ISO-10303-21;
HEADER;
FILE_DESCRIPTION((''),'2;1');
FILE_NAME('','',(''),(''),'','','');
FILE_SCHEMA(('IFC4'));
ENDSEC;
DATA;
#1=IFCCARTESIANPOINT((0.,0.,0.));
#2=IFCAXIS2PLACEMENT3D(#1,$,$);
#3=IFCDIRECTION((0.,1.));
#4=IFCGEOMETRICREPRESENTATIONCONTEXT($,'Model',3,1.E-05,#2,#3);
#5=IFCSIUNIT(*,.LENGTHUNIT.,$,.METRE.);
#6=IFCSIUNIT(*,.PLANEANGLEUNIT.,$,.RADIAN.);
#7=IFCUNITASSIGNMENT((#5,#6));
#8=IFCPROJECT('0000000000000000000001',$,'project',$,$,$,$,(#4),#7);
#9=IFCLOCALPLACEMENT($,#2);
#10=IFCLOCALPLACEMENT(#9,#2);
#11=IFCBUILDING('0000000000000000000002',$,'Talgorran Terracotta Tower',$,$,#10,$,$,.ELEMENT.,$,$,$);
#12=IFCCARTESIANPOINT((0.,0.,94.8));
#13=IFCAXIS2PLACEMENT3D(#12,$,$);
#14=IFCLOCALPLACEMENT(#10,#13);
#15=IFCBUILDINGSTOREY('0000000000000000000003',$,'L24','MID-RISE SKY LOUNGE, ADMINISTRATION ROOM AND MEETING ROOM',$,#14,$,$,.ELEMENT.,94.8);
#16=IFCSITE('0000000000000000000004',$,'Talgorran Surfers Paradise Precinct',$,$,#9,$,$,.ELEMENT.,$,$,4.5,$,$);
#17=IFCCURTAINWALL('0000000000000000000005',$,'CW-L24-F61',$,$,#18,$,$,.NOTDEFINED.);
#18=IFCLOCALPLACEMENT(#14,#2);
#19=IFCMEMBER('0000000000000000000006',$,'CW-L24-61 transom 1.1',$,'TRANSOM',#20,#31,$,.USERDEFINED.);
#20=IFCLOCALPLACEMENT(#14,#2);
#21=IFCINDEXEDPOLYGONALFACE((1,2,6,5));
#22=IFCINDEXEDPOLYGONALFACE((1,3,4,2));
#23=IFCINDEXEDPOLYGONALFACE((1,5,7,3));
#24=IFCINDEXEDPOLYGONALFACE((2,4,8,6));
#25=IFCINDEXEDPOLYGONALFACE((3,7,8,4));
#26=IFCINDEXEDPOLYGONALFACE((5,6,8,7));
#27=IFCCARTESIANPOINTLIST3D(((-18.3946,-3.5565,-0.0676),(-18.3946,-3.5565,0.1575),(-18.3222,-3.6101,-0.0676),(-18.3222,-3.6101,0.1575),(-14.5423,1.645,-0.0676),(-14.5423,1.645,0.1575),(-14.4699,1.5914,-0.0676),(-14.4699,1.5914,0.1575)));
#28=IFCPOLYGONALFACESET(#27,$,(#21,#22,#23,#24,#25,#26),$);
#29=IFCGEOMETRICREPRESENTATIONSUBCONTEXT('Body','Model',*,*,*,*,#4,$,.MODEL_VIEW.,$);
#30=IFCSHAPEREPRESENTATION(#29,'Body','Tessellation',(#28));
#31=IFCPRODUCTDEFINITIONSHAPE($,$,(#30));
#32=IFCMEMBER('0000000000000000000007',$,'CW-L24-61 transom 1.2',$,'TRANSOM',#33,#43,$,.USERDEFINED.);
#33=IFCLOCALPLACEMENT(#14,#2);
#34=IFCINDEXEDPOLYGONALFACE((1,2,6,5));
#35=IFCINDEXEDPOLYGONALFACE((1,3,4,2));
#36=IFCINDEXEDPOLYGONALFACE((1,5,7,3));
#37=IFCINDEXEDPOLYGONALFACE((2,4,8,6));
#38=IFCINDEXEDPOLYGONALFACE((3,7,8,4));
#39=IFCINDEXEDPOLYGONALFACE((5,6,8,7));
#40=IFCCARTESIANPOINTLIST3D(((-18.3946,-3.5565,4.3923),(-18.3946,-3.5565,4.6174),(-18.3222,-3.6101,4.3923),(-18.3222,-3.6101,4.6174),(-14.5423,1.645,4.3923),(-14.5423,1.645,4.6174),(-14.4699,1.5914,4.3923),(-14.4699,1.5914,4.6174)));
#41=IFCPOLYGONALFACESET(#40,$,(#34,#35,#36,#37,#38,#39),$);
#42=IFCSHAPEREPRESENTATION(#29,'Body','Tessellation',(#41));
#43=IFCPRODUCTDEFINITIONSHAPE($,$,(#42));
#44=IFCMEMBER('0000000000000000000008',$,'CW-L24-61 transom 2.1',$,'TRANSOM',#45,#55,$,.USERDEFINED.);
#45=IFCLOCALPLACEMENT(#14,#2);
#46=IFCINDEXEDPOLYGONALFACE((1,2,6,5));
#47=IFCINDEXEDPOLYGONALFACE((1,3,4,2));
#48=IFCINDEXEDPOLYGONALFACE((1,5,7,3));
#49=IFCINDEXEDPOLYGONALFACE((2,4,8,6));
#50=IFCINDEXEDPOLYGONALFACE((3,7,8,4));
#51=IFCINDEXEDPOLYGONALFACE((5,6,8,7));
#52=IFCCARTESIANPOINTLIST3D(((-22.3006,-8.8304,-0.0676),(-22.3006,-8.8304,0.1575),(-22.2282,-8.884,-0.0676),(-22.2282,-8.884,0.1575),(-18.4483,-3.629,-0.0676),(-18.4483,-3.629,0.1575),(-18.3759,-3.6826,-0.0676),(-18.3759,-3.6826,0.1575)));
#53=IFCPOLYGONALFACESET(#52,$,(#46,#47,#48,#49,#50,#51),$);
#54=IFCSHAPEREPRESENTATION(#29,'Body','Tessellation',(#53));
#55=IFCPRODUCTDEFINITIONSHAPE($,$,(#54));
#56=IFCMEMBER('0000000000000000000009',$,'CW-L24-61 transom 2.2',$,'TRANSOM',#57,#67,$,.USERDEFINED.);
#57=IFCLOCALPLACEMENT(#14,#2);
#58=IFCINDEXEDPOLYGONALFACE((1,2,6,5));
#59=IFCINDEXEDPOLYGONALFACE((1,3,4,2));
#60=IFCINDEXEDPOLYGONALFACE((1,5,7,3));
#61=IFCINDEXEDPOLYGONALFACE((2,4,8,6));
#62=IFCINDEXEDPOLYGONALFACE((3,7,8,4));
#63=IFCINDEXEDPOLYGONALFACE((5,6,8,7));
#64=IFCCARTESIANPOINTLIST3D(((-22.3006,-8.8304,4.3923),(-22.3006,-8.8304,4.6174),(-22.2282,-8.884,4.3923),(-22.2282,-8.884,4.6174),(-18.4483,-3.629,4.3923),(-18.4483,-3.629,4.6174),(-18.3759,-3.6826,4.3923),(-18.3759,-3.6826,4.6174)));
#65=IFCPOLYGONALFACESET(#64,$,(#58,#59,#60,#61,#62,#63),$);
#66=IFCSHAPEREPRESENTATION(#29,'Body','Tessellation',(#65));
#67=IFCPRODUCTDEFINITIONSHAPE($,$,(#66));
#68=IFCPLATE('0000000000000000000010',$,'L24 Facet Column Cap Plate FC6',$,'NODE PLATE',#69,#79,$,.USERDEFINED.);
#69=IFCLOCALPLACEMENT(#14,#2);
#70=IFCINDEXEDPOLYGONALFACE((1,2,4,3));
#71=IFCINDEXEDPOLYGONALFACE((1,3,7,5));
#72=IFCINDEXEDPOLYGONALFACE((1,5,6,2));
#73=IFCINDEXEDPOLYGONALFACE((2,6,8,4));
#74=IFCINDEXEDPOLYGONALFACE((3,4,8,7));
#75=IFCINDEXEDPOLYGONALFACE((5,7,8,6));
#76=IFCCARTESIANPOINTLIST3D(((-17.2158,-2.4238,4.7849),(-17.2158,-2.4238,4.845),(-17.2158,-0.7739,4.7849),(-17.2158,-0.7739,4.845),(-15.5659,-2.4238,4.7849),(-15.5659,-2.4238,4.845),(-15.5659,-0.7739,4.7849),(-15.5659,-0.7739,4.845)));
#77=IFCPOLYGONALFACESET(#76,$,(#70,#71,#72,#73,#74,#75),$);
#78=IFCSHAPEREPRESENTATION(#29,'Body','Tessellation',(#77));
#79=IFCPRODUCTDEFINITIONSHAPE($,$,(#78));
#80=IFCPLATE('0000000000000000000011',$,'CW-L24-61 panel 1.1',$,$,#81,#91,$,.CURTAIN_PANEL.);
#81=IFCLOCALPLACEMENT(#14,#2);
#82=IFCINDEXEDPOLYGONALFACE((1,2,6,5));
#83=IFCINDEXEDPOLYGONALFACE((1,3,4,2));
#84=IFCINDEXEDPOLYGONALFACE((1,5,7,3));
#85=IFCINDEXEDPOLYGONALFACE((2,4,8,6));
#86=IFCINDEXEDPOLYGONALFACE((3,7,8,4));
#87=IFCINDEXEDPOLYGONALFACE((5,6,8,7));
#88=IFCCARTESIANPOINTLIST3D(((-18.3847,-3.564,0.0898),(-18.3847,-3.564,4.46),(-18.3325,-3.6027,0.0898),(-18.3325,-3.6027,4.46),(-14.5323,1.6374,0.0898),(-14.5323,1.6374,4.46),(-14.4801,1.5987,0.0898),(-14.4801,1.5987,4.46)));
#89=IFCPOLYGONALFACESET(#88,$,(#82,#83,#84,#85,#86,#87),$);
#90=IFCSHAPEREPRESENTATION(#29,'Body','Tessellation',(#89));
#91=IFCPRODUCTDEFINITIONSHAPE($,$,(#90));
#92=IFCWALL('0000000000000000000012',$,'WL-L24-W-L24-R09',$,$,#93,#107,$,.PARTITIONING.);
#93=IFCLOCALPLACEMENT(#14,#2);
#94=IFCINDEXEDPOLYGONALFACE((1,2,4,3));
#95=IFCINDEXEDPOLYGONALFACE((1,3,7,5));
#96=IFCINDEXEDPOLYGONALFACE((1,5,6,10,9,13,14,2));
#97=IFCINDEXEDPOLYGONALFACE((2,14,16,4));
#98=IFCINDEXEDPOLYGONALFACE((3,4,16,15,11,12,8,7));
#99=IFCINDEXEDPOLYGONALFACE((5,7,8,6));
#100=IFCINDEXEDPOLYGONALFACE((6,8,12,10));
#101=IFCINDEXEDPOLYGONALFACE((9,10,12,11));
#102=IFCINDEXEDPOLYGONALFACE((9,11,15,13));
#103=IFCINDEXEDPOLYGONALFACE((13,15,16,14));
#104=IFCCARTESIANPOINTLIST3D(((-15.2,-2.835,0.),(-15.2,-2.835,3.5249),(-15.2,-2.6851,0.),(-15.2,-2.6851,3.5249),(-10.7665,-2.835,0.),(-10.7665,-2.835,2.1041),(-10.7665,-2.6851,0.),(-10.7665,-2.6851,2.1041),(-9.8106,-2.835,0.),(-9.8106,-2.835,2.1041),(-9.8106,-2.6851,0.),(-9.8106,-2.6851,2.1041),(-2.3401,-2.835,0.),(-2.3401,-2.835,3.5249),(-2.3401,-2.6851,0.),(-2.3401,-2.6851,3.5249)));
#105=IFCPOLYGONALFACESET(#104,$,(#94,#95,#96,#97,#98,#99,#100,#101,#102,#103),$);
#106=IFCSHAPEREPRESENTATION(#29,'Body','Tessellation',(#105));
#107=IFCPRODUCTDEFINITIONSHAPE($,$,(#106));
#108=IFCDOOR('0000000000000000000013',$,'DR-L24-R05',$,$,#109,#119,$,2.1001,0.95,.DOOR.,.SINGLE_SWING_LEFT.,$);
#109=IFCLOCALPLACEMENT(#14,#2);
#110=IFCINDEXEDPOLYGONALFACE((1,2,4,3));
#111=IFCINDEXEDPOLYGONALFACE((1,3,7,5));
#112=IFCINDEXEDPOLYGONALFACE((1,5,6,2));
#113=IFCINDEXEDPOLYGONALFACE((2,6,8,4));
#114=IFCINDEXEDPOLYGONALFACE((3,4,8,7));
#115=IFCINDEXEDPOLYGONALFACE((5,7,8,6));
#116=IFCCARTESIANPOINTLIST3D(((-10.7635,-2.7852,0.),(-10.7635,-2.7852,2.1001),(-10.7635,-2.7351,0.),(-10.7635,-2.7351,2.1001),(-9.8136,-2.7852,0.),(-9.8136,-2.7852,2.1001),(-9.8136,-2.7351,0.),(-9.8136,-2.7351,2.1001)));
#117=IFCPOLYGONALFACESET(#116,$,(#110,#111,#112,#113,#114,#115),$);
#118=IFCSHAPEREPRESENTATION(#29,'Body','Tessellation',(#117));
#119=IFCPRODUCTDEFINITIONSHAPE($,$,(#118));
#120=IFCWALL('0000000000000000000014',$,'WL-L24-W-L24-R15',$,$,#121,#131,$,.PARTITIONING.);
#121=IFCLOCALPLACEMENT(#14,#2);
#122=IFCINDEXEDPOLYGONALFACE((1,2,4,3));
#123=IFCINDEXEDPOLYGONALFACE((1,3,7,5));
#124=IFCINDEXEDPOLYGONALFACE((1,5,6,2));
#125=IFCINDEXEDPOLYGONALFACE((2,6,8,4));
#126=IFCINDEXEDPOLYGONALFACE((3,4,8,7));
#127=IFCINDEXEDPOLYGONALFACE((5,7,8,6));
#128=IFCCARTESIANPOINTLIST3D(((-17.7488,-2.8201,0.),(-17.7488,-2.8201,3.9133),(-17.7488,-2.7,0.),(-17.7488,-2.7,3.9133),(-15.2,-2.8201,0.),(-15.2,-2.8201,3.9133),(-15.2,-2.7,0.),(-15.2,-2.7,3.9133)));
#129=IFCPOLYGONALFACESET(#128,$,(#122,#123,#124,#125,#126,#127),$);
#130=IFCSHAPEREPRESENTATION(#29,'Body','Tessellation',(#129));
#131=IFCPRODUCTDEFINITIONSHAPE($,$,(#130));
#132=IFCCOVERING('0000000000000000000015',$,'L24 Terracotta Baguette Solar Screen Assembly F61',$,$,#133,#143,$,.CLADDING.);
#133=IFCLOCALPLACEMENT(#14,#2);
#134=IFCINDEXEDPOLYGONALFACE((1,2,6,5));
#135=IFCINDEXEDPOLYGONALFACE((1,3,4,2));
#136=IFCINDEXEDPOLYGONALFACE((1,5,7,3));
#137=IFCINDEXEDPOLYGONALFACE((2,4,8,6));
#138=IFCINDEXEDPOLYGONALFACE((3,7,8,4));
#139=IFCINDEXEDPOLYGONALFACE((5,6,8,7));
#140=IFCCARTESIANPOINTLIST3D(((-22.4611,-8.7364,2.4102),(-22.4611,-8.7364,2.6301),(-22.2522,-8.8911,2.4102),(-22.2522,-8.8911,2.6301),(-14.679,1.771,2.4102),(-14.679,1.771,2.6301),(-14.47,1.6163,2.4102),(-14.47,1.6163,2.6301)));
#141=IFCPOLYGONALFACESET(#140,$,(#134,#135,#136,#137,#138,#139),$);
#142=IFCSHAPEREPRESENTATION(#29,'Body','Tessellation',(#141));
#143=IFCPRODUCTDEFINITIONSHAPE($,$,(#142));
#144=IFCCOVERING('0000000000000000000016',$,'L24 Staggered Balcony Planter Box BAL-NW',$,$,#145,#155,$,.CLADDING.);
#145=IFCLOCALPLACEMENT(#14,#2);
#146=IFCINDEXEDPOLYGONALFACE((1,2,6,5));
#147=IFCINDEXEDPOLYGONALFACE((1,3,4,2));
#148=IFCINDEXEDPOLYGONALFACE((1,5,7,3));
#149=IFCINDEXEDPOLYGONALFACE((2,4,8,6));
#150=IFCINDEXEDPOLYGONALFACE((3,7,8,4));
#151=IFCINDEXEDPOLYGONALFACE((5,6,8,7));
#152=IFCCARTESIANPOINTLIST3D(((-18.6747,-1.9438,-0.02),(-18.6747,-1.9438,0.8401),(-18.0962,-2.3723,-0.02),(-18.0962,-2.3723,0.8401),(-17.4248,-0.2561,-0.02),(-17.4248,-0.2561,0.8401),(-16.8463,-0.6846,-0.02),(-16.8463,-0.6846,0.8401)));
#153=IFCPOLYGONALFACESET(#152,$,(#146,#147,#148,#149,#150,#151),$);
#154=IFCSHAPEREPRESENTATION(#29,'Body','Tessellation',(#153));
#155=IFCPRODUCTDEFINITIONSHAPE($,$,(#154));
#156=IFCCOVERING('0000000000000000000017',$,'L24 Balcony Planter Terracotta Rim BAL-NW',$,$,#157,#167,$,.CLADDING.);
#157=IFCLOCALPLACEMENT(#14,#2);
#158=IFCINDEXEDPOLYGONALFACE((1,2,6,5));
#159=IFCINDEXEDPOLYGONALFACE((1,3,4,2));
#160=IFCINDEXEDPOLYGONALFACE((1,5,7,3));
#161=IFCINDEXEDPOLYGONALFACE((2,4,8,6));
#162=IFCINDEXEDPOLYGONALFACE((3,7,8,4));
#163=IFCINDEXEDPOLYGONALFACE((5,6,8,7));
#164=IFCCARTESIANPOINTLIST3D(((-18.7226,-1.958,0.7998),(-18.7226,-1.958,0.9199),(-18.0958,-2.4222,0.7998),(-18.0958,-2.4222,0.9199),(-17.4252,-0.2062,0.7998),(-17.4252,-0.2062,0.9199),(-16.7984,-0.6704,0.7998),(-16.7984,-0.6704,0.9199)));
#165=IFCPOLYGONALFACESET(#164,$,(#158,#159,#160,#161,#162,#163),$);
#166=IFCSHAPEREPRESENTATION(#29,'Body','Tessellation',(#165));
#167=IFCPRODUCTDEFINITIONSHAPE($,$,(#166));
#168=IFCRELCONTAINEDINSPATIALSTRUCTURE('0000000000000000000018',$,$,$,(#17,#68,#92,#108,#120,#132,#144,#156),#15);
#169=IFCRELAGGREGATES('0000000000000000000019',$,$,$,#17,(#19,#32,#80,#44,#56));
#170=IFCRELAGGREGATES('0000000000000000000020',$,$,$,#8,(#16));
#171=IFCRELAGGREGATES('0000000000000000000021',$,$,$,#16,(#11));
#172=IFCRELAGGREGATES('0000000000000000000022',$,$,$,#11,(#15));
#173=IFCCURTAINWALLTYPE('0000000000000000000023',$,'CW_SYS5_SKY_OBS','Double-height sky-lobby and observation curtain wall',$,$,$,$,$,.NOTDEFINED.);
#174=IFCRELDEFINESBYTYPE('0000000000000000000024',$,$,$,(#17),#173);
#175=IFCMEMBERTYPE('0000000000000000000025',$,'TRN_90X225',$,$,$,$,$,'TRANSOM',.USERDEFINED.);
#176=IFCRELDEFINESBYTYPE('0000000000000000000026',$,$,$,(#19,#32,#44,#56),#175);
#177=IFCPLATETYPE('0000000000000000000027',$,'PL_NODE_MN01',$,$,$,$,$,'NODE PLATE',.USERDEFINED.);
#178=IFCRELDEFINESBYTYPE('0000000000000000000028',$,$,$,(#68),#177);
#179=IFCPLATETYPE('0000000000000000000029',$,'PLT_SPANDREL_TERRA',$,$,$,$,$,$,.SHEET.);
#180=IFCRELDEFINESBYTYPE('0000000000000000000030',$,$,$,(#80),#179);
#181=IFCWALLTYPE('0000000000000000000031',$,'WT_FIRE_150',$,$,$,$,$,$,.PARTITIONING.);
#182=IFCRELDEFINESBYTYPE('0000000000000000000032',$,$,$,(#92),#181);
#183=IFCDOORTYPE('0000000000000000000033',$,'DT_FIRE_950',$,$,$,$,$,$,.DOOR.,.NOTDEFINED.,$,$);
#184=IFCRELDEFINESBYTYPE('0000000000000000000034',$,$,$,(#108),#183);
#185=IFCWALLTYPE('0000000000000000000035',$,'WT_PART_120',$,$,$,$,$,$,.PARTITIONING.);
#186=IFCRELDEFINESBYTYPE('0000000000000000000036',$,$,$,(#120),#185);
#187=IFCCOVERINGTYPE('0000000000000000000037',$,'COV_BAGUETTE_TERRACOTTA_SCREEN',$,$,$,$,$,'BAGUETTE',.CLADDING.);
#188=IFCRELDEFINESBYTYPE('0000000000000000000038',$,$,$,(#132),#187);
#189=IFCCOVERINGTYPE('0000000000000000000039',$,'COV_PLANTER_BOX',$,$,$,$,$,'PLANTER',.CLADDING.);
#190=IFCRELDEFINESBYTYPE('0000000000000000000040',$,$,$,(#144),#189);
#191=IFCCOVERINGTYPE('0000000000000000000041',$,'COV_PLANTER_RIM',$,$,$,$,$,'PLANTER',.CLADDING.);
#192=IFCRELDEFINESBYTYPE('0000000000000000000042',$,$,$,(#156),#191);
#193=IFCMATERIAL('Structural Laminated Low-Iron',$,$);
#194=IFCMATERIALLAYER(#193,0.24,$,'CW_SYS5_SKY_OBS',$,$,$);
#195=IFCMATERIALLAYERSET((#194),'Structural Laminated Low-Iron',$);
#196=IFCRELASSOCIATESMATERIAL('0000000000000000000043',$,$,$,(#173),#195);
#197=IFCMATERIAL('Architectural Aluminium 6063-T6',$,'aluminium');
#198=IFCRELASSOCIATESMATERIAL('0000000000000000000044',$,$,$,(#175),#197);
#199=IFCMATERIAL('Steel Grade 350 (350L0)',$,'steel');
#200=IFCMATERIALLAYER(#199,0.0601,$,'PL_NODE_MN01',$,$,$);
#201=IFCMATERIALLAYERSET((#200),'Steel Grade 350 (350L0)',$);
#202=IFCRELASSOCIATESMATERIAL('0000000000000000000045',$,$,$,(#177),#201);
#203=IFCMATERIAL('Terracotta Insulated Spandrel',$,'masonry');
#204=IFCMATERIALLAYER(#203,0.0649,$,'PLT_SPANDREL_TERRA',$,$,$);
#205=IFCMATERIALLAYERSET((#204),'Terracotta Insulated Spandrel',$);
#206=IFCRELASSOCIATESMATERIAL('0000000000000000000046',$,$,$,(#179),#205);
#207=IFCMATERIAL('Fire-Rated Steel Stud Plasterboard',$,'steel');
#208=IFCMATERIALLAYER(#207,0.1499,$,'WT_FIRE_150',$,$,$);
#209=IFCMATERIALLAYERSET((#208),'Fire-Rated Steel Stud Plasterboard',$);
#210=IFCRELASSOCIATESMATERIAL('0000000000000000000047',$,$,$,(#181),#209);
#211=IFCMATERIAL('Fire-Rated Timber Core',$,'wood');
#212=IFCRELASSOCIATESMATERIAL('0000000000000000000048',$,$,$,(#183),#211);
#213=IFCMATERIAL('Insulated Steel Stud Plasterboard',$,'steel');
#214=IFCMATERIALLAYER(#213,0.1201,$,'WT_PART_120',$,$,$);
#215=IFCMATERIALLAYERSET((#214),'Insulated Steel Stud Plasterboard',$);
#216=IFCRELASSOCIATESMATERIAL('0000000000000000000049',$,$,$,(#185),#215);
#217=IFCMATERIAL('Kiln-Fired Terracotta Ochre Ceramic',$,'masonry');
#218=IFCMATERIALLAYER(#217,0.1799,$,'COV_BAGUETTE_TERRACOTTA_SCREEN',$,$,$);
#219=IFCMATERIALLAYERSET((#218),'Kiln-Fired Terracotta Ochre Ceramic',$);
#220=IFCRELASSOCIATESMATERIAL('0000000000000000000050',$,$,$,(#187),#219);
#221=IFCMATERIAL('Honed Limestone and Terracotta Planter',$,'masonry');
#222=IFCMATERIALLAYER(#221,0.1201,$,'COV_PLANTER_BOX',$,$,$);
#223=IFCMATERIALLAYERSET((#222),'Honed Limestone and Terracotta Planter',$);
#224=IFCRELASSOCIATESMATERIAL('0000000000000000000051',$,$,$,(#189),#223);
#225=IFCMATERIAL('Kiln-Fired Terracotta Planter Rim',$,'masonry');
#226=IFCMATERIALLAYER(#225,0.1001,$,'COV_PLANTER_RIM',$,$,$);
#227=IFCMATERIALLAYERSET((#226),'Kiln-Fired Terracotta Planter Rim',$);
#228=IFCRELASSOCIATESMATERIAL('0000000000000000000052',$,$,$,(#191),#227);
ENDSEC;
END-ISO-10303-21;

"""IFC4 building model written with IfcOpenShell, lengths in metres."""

from ifc_helpers import new_model, si_unit, direction, frame, frame_2d, origin, origin_2d, place, context, subcontext, project, spatial, rectangle, extrude, source, transform, mapped, material, layer, layer_set, material_profile, profile_set, type_object, type_shapes, element, fill, aggregate, save


model = new_model("IFC4")

# Units and contexts
model_context = context("Model", 3, precision=1e-05, world=origin(), true_north=direction((0.0, 1.0)))
body_context = subcontext(model_context, "Body", "Model", "MODEL_VIEW")
ifc_project = project(units=[si_unit("LENGTHUNIT", "METRE"), si_unit("PLANEANGLEUNIT", "RADIAN")], contexts=[model_context])

# Site, building, storey
site_placement = place(None, origin())
site = spatial("IfcSite", under=ifc_project, at=site_placement, Name="Talgorran Surfers Paradise Precinct", CompositionType="ELEMENT", RefElevation=4.5)
building_placement = place(site_placement, origin())
building = spatial("IfcBuilding", under=site, at=building_placement, Name="Talgorran Terracotta Tower", CompositionType="ELEMENT")
storey_placement = place(building_placement, frame((0.0, 0.0, 94.8)))
storey = spatial("IfcBuildingStorey", under=building, at=storey_placement, Name="L24", Description="MID-RISE SKY LOUNGE, ADMINISTRATION ROOM AND MEETING ROOM", CompositionType="ELEMENT", Elevation=94.8)

# Shared definitions
ifc_material_1 = material(Name="Steel Grade 350 (350L0)", Category="steel")

# Curtain wall, members
ifc_material_2 = material(Name="Structural Laminated Low-Iron")
ifc_layer_1 = layer(ifc_material_2, 0.24, Name="CW_SYS5_SKY_OBS")
ifc_layer_set_1 = layer_set([ifc_layer_1], Name="Structural Laminated Low-Iron")
curtain_wall_type = type_object("IfcCurtainWallType", Name="CW_SYS5_SKY_OBS", Description="Double-height sky-lobby and observation curtain wall", PredefinedType="NOTDEFINED", material=ifc_layer_set_1)
curtain_wall_placement = place(storey_placement, origin())
curtain_wall = element("IfcCurtainWall", 1, at=curtain_wall_placement, inside=storey, type_object=curtain_wall_type, Name="CW-L24-F61", PredefinedType="NOTDEFINED")
ifc_material_3 = material(Name="Architectural Aluminium 6063-T6", Category="aluminium")
ifc_material_profile_1 = material_profile(ifc_material_3, rectangle(XDim=0.0901, YDim=0.2251, at=origin_2d()), Name="CWT90X225")
ifc_profile_set_1 = profile_set([ifc_material_profile_1], Name="Architectural Aluminium 6063-T6")
member_type_1 = type_object("IfcMemberType", Name="TRN_90X225", ElementType="TRANSOM", PredefinedType="USERDEFINED", material=ifc_profile_set_1)
member_1_placement = place(storey_placement, frame((-14.5061, 1.6182, 0.0449), z_axis=(-0.595167, -0.803602, 0.0), x_axis=(0.803602, -0.595167, 0.0)))
member_1 = element("IfcMember", 2, at=member_1_placement, type_object=member_type_1, Name="CW-L24-61 transom 1.1", ObjectType="TRANSOM", PredefinedType="USERDEFINED", context=body_context, shape_type="SweptSolid", body=[
    extrude(rectangle(XDim=0.0901, YDim=0.2251, at=origin_2d()), origin(), (0.0, 0.0, 1.0), 6.4727),
])
member_2_placement = place(storey_placement, frame((-14.5061, 1.6182, 4.5049), z_axis=(-0.595167, -0.803602, 0.0), x_axis=(0.803602, -0.595167, 0.0)))
member_2 = element("IfcMember", 3, at=member_2_placement, type_object=member_type_1, Name="CW-L24-61 transom 1.2", ObjectType="TRANSOM", PredefinedType="USERDEFINED", context=body_context, shape_type="SweptSolid", body=[
    extrude(rectangle(XDim=0.0901, YDim=0.2251, at=origin_2d()), origin(), (0.0, 0.0, 1.0), 6.4727),
])
member_3_placement = place(storey_placement, frame((-18.4121, -3.6558, 0.0449), z_axis=(-0.595167, -0.803602, 0.0), x_axis=(0.803602, -0.595167, 0.0)))
member_3 = element("IfcMember", 4, at=member_3_placement, type_object=member_type_1, Name="CW-L24-61 transom 2.1", ObjectType="TRANSOM", PredefinedType="USERDEFINED", context=body_context, shape_type="SweptSolid", body=[
    extrude(rectangle(XDim=0.0901, YDim=0.2251, at=origin_2d()), origin(), (0.0, 0.0, 1.0), 6.4727),
])
member_4_placement = place(storey_placement, frame((-18.4121, -3.6558, 4.5049), z_axis=(-0.595167, -0.803602, 0.0), x_axis=(0.803602, -0.595167, 0.0)))
member_4 = element("IfcMember", 5, at=member_4_placement, type_object=member_type_1, Name="CW-L24-61 transom 2.2", ObjectType="TRANSOM", PredefinedType="USERDEFINED", context=body_context, shape_type="SweptSolid", body=[
    extrude(rectangle(XDim=0.0901, YDim=0.2251, at=origin_2d()), origin(), (0.0, 0.0, 1.0), 6.4727),
])

# Plates
ifc_layer_2 = layer(ifc_material_1, 0.0601, Name="PL_NODE_MN01")
ifc_layer_set_2 = layer_set([ifc_layer_2], Name="Steel Grade 350 (350L0)")
plate_type_1 = type_object("IfcPlateType", Name="PL_NODE_MN01", ElementType="NODE PLATE", PredefinedType="USERDEFINED", material=ifc_layer_set_2)
plate_1_placement = place(storey_placement, frame((-16.3909, -1.5989, 4.7849), z_axis=(0.0, 0.0, 1.0), x_axis=(1.0, 0.0, 0.0)))
element("IfcPlate", 6, at=plate_1_placement, inside=storey, type_object=plate_type_1, Name="L24 Facet Column Cap Plate FC6", ObjectType="NODE PLATE", PredefinedType="USERDEFINED", context=body_context, shape_type="SweptSolid", body=[
    extrude(rectangle(XDim=1.6499, YDim=1.6499, at=origin_2d()), origin(), (0.0, 0.0, 1.0), 0.0601),
])
ifc_material_4 = material(Name="Terracotta Insulated Spandrel", Category="masonry")
ifc_layer_3 = layer(ifc_material_4, 0.0649, Name="PLT_SPANDREL_TERRA")
ifc_layer_set_3 = layer_set([ifc_layer_3], Name="Terracotta Insulated Spandrel")
plate_type_2 = type_object("IfcPlateType", Name="PLT_SPANDREL_TERRA", PredefinedType="SHEET", material=ifc_layer_set_3)
shared_shape = source(origin(), body_context, "Body", "SweptSolid", [
    extrude(rectangle(XDim=6.4727, YDim=0.0649, at=origin_2d()), origin(), (0.0, 0.0, 1.0), 4.3701),
])
type_shapes(plate_type_2, [shared_shape])
plate_2_placement = place(storey_placement, frame((-16.4324, -0.9827, 0.0898), z_axis=(0.0, 0.0, 1.0), x_axis=(-0.595178, -0.803594, 0.0)))
plate_2 = element("IfcPlate", 7, at=plate_2_placement, type_object=plate_type_2, Name="CW-L24-61 panel 1.1", PredefinedType="CURTAIN_PANEL", context=body_context, shape_type="MappedRepresentation", body=[
    mapped(shared_shape, transform((0.0, 0.0, 0.0), scale=1.0)),
])
aggregate(curtain_wall, [member_1, member_2, plate_2, member_3, member_4])

# Wall, opening, door
ifc_material_5 = material(Name="Fire-Rated Steel Stud Plasterboard", Category="steel")
ifc_layer_4 = layer(ifc_material_5, 0.1499, Name="WT_FIRE_150")
ifc_layer_set_4 = layer_set([ifc_layer_4], Name="Fire-Rated Steel Stud Plasterboard")
wall_type_1 = type_object("IfcWallType", Name="WT_FIRE_150", PredefinedType="PARTITIONING", material=ifc_layer_set_4)
wall_1_placement = place(storey_placement, frame((-15.2, -2.76, 0.0), z_axis=(0.0, 0.0, 1.0), x_axis=(1.0, 0.0, 0.0)))
wall_1 = element("IfcWall", 8, at=wall_1_placement, inside=storey, type_object=wall_type_1, Name="WL-L24-W-L24-R09", PredefinedType="PARTITIONING", context=body_context, shape_type="SweptSolid", body=[
    extrude(rectangle(XDim=12.8599, YDim=0.1499, at=frame_2d((6.4299, 0.0))), origin(), (0.0, 0.0, 1.0), 3.5249),
])
opening_placement = place(wall_1_placement, frame((4.4363, 0.0, 0.0)))
opening = element("IfcOpeningElement", 9, at=opening_placement, cuts=wall_1, PredefinedType="OPENING", context=body_context, shape_type="SweptSolid", body=[
    extrude(rectangle(XDim=0.956, YDim=2.1041, at=frame_2d((0.4751, 1.052))), frame((0.0, 0.085, 0.0), z_axis=(0.0, -1.0, 0.0), x_axis=(1.0, 0.0, 0.0)), (0.0, 0.0, 1.0), 0.1699),
])
ifc_material_6 = material(Name="Fire-Rated Timber Core", Category="wood")
door_type = type_object("IfcDoorType", Name="DT_FIRE_950", OperationType="NOTDEFINED", PredefinedType="DOOR", material=ifc_material_6)
door_placement = place(opening_placement, origin())
door = element("IfcDoor", 10, at=door_placement, inside=storey, type_object=door_type, Name="DR-L24-R05", OperationType="SINGLE_SWING_LEFT", OverallHeight=2.1001, OverallWidth=0.95, PredefinedType="DOOR", context=body_context, shape_type="SweptSolid", body=[
    extrude(rectangle(XDim=0.95, YDim=2.1001, at=frame_2d((0.4751, 1.05))), frame((0.0, 0.0249, 0.0), z_axis=(0.0, -1.0, 0.0), x_axis=(1.0, 0.0, 0.0)), (0.0, 0.0, 1.0), 0.05),
])
fill(opening, door)

# Wall
ifc_material_7 = material(Name="Insulated Steel Stud Plasterboard", Category="steel")
ifc_layer_5 = layer(ifc_material_7, 0.1201, Name="WT_PART_120")
ifc_layer_set_5 = layer_set([ifc_layer_5], Name="Insulated Steel Stud Plasterboard")
wall_type_2 = type_object("IfcWallType", Name="WT_PART_120", PredefinedType="PARTITIONING", material=ifc_layer_set_5)
wall_2_placement = place(storey_placement, frame((-17.7488, -2.76, 0.0), z_axis=(0.0, 0.0, 1.0), x_axis=(1.0, 0.0, 0.0)))
element("IfcWall", 11, at=wall_2_placement, inside=storey, type_object=wall_type_2, Name="WL-L24-W-L24-R15", PredefinedType="PARTITIONING", context=body_context, shape_type="SweptSolid", body=[
    extrude(rectangle(XDim=2.5488, YDim=0.1201, at=frame_2d((1.2744, 0.0))), origin(), (0.0, 0.0, 1.0), 3.9133),
])

# Coverings
ifc_material_8 = material(Name="Kiln-Fired Terracotta Ochre Ceramic", Category="masonry")
ifc_layer_6 = layer(ifc_material_8, 0.1799, Name="COV_BAGUETTE_TERRACOTTA_SCREEN")
ifc_layer_set_6 = layer_set([ifc_layer_6], Name="Kiln-Fired Terracotta Ochre Ceramic")
covering_type_1 = type_object("IfcCoveringType", Name="COV_BAGUETTE_TERRACOTTA_SCREEN", ElementType="BAGUETTE", PredefinedType="CLADDING", material=ifc_layer_set_6)
covering_1_placement = place(storey_placement, frame((-18.4656, -3.5601, 2.4102), z_axis=(0.0, 0.0, 1.0), x_axis=(-0.595173, -0.803597, 0.0)))
element("IfcCovering", 12, at=covering_1_placement, inside=storey, type_object=covering_type_1, Name="L24 Terracotta Baguette Solar Screen Assembly F61", PredefinedType="CLADDING", context=body_context, shape_type="SweptSolid", body=[
    extrude(rectangle(XDim=13.0754, YDim=0.26, at=origin_2d()), origin(), (0.0, 0.0, 1.0), 0.22),
])
ifc_material_9 = material(Name="Honed Limestone and Terracotta Planter", Category="masonry")
ifc_layer_7 = layer(ifc_material_9, 0.1201, Name="COV_PLANTER_BOX")
ifc_layer_set_7 = layer_set([ifc_layer_7], Name="Honed Limestone and Terracotta Planter")
covering_type_2 = type_object("IfcCoveringType", Name="COV_PLANTER_BOX", ElementType="PLANTER", PredefinedType="CLADDING", material=ifc_layer_set_7)
covering_2_placement = place(storey_placement, frame((-17.7605, -1.3142, -0.02), z_axis=(0.0, 0.0, 1.0), x_axis=(-0.595173, -0.803597, 0.0)))
element("IfcCovering", 13, at=covering_2_placement, inside=storey, type_object=covering_type_2, Name="L24 Staggered Balcony Planter Box BAL-NW", PredefinedType="CLADDING", context=body_context, shape_type="SweptSolid", body=[
    extrude(rectangle(XDim=2.1001, YDim=0.72, at=origin_2d()), origin(), (0.0, 0.0, 1.0), 0.8601),
])
ifc_material_10 = material(Name="Kiln-Fired Terracotta Planter Rim", Category="masonry")
ifc_layer_8 = layer(ifc_material_10, 0.1001, Name="COV_PLANTER_RIM")
ifc_layer_set_8 = layer_set([ifc_layer_8], Name="Kiln-Fired Terracotta Planter Rim")
covering_type_3 = type_object("IfcCoveringType", Name="COV_PLANTER_RIM", ElementType="PLANTER", PredefinedType="CLADDING", material=ifc_layer_set_8)
covering_3_placement = place(storey_placement, frame((-17.7605, -1.3142, 0.7998), z_axis=(0.0, 0.0, 1.0), x_axis=(-0.595173, -0.803597, 0.0)))
element("IfcCovering", 14, at=covering_3_placement, inside=storey, type_object=covering_type_3, Name="L24 Balcony Planter Terracotta Rim BAL-NW", PredefinedType="CLADDING", context=body_context, shape_type="SweptSolid", body=[
    extrude(rectangle(XDim=2.1799, YDim=0.78, at=origin_2d()), origin(), (0.0, 0.0, 1.0), 0.1201),
])

save(model, "model.ifc")
